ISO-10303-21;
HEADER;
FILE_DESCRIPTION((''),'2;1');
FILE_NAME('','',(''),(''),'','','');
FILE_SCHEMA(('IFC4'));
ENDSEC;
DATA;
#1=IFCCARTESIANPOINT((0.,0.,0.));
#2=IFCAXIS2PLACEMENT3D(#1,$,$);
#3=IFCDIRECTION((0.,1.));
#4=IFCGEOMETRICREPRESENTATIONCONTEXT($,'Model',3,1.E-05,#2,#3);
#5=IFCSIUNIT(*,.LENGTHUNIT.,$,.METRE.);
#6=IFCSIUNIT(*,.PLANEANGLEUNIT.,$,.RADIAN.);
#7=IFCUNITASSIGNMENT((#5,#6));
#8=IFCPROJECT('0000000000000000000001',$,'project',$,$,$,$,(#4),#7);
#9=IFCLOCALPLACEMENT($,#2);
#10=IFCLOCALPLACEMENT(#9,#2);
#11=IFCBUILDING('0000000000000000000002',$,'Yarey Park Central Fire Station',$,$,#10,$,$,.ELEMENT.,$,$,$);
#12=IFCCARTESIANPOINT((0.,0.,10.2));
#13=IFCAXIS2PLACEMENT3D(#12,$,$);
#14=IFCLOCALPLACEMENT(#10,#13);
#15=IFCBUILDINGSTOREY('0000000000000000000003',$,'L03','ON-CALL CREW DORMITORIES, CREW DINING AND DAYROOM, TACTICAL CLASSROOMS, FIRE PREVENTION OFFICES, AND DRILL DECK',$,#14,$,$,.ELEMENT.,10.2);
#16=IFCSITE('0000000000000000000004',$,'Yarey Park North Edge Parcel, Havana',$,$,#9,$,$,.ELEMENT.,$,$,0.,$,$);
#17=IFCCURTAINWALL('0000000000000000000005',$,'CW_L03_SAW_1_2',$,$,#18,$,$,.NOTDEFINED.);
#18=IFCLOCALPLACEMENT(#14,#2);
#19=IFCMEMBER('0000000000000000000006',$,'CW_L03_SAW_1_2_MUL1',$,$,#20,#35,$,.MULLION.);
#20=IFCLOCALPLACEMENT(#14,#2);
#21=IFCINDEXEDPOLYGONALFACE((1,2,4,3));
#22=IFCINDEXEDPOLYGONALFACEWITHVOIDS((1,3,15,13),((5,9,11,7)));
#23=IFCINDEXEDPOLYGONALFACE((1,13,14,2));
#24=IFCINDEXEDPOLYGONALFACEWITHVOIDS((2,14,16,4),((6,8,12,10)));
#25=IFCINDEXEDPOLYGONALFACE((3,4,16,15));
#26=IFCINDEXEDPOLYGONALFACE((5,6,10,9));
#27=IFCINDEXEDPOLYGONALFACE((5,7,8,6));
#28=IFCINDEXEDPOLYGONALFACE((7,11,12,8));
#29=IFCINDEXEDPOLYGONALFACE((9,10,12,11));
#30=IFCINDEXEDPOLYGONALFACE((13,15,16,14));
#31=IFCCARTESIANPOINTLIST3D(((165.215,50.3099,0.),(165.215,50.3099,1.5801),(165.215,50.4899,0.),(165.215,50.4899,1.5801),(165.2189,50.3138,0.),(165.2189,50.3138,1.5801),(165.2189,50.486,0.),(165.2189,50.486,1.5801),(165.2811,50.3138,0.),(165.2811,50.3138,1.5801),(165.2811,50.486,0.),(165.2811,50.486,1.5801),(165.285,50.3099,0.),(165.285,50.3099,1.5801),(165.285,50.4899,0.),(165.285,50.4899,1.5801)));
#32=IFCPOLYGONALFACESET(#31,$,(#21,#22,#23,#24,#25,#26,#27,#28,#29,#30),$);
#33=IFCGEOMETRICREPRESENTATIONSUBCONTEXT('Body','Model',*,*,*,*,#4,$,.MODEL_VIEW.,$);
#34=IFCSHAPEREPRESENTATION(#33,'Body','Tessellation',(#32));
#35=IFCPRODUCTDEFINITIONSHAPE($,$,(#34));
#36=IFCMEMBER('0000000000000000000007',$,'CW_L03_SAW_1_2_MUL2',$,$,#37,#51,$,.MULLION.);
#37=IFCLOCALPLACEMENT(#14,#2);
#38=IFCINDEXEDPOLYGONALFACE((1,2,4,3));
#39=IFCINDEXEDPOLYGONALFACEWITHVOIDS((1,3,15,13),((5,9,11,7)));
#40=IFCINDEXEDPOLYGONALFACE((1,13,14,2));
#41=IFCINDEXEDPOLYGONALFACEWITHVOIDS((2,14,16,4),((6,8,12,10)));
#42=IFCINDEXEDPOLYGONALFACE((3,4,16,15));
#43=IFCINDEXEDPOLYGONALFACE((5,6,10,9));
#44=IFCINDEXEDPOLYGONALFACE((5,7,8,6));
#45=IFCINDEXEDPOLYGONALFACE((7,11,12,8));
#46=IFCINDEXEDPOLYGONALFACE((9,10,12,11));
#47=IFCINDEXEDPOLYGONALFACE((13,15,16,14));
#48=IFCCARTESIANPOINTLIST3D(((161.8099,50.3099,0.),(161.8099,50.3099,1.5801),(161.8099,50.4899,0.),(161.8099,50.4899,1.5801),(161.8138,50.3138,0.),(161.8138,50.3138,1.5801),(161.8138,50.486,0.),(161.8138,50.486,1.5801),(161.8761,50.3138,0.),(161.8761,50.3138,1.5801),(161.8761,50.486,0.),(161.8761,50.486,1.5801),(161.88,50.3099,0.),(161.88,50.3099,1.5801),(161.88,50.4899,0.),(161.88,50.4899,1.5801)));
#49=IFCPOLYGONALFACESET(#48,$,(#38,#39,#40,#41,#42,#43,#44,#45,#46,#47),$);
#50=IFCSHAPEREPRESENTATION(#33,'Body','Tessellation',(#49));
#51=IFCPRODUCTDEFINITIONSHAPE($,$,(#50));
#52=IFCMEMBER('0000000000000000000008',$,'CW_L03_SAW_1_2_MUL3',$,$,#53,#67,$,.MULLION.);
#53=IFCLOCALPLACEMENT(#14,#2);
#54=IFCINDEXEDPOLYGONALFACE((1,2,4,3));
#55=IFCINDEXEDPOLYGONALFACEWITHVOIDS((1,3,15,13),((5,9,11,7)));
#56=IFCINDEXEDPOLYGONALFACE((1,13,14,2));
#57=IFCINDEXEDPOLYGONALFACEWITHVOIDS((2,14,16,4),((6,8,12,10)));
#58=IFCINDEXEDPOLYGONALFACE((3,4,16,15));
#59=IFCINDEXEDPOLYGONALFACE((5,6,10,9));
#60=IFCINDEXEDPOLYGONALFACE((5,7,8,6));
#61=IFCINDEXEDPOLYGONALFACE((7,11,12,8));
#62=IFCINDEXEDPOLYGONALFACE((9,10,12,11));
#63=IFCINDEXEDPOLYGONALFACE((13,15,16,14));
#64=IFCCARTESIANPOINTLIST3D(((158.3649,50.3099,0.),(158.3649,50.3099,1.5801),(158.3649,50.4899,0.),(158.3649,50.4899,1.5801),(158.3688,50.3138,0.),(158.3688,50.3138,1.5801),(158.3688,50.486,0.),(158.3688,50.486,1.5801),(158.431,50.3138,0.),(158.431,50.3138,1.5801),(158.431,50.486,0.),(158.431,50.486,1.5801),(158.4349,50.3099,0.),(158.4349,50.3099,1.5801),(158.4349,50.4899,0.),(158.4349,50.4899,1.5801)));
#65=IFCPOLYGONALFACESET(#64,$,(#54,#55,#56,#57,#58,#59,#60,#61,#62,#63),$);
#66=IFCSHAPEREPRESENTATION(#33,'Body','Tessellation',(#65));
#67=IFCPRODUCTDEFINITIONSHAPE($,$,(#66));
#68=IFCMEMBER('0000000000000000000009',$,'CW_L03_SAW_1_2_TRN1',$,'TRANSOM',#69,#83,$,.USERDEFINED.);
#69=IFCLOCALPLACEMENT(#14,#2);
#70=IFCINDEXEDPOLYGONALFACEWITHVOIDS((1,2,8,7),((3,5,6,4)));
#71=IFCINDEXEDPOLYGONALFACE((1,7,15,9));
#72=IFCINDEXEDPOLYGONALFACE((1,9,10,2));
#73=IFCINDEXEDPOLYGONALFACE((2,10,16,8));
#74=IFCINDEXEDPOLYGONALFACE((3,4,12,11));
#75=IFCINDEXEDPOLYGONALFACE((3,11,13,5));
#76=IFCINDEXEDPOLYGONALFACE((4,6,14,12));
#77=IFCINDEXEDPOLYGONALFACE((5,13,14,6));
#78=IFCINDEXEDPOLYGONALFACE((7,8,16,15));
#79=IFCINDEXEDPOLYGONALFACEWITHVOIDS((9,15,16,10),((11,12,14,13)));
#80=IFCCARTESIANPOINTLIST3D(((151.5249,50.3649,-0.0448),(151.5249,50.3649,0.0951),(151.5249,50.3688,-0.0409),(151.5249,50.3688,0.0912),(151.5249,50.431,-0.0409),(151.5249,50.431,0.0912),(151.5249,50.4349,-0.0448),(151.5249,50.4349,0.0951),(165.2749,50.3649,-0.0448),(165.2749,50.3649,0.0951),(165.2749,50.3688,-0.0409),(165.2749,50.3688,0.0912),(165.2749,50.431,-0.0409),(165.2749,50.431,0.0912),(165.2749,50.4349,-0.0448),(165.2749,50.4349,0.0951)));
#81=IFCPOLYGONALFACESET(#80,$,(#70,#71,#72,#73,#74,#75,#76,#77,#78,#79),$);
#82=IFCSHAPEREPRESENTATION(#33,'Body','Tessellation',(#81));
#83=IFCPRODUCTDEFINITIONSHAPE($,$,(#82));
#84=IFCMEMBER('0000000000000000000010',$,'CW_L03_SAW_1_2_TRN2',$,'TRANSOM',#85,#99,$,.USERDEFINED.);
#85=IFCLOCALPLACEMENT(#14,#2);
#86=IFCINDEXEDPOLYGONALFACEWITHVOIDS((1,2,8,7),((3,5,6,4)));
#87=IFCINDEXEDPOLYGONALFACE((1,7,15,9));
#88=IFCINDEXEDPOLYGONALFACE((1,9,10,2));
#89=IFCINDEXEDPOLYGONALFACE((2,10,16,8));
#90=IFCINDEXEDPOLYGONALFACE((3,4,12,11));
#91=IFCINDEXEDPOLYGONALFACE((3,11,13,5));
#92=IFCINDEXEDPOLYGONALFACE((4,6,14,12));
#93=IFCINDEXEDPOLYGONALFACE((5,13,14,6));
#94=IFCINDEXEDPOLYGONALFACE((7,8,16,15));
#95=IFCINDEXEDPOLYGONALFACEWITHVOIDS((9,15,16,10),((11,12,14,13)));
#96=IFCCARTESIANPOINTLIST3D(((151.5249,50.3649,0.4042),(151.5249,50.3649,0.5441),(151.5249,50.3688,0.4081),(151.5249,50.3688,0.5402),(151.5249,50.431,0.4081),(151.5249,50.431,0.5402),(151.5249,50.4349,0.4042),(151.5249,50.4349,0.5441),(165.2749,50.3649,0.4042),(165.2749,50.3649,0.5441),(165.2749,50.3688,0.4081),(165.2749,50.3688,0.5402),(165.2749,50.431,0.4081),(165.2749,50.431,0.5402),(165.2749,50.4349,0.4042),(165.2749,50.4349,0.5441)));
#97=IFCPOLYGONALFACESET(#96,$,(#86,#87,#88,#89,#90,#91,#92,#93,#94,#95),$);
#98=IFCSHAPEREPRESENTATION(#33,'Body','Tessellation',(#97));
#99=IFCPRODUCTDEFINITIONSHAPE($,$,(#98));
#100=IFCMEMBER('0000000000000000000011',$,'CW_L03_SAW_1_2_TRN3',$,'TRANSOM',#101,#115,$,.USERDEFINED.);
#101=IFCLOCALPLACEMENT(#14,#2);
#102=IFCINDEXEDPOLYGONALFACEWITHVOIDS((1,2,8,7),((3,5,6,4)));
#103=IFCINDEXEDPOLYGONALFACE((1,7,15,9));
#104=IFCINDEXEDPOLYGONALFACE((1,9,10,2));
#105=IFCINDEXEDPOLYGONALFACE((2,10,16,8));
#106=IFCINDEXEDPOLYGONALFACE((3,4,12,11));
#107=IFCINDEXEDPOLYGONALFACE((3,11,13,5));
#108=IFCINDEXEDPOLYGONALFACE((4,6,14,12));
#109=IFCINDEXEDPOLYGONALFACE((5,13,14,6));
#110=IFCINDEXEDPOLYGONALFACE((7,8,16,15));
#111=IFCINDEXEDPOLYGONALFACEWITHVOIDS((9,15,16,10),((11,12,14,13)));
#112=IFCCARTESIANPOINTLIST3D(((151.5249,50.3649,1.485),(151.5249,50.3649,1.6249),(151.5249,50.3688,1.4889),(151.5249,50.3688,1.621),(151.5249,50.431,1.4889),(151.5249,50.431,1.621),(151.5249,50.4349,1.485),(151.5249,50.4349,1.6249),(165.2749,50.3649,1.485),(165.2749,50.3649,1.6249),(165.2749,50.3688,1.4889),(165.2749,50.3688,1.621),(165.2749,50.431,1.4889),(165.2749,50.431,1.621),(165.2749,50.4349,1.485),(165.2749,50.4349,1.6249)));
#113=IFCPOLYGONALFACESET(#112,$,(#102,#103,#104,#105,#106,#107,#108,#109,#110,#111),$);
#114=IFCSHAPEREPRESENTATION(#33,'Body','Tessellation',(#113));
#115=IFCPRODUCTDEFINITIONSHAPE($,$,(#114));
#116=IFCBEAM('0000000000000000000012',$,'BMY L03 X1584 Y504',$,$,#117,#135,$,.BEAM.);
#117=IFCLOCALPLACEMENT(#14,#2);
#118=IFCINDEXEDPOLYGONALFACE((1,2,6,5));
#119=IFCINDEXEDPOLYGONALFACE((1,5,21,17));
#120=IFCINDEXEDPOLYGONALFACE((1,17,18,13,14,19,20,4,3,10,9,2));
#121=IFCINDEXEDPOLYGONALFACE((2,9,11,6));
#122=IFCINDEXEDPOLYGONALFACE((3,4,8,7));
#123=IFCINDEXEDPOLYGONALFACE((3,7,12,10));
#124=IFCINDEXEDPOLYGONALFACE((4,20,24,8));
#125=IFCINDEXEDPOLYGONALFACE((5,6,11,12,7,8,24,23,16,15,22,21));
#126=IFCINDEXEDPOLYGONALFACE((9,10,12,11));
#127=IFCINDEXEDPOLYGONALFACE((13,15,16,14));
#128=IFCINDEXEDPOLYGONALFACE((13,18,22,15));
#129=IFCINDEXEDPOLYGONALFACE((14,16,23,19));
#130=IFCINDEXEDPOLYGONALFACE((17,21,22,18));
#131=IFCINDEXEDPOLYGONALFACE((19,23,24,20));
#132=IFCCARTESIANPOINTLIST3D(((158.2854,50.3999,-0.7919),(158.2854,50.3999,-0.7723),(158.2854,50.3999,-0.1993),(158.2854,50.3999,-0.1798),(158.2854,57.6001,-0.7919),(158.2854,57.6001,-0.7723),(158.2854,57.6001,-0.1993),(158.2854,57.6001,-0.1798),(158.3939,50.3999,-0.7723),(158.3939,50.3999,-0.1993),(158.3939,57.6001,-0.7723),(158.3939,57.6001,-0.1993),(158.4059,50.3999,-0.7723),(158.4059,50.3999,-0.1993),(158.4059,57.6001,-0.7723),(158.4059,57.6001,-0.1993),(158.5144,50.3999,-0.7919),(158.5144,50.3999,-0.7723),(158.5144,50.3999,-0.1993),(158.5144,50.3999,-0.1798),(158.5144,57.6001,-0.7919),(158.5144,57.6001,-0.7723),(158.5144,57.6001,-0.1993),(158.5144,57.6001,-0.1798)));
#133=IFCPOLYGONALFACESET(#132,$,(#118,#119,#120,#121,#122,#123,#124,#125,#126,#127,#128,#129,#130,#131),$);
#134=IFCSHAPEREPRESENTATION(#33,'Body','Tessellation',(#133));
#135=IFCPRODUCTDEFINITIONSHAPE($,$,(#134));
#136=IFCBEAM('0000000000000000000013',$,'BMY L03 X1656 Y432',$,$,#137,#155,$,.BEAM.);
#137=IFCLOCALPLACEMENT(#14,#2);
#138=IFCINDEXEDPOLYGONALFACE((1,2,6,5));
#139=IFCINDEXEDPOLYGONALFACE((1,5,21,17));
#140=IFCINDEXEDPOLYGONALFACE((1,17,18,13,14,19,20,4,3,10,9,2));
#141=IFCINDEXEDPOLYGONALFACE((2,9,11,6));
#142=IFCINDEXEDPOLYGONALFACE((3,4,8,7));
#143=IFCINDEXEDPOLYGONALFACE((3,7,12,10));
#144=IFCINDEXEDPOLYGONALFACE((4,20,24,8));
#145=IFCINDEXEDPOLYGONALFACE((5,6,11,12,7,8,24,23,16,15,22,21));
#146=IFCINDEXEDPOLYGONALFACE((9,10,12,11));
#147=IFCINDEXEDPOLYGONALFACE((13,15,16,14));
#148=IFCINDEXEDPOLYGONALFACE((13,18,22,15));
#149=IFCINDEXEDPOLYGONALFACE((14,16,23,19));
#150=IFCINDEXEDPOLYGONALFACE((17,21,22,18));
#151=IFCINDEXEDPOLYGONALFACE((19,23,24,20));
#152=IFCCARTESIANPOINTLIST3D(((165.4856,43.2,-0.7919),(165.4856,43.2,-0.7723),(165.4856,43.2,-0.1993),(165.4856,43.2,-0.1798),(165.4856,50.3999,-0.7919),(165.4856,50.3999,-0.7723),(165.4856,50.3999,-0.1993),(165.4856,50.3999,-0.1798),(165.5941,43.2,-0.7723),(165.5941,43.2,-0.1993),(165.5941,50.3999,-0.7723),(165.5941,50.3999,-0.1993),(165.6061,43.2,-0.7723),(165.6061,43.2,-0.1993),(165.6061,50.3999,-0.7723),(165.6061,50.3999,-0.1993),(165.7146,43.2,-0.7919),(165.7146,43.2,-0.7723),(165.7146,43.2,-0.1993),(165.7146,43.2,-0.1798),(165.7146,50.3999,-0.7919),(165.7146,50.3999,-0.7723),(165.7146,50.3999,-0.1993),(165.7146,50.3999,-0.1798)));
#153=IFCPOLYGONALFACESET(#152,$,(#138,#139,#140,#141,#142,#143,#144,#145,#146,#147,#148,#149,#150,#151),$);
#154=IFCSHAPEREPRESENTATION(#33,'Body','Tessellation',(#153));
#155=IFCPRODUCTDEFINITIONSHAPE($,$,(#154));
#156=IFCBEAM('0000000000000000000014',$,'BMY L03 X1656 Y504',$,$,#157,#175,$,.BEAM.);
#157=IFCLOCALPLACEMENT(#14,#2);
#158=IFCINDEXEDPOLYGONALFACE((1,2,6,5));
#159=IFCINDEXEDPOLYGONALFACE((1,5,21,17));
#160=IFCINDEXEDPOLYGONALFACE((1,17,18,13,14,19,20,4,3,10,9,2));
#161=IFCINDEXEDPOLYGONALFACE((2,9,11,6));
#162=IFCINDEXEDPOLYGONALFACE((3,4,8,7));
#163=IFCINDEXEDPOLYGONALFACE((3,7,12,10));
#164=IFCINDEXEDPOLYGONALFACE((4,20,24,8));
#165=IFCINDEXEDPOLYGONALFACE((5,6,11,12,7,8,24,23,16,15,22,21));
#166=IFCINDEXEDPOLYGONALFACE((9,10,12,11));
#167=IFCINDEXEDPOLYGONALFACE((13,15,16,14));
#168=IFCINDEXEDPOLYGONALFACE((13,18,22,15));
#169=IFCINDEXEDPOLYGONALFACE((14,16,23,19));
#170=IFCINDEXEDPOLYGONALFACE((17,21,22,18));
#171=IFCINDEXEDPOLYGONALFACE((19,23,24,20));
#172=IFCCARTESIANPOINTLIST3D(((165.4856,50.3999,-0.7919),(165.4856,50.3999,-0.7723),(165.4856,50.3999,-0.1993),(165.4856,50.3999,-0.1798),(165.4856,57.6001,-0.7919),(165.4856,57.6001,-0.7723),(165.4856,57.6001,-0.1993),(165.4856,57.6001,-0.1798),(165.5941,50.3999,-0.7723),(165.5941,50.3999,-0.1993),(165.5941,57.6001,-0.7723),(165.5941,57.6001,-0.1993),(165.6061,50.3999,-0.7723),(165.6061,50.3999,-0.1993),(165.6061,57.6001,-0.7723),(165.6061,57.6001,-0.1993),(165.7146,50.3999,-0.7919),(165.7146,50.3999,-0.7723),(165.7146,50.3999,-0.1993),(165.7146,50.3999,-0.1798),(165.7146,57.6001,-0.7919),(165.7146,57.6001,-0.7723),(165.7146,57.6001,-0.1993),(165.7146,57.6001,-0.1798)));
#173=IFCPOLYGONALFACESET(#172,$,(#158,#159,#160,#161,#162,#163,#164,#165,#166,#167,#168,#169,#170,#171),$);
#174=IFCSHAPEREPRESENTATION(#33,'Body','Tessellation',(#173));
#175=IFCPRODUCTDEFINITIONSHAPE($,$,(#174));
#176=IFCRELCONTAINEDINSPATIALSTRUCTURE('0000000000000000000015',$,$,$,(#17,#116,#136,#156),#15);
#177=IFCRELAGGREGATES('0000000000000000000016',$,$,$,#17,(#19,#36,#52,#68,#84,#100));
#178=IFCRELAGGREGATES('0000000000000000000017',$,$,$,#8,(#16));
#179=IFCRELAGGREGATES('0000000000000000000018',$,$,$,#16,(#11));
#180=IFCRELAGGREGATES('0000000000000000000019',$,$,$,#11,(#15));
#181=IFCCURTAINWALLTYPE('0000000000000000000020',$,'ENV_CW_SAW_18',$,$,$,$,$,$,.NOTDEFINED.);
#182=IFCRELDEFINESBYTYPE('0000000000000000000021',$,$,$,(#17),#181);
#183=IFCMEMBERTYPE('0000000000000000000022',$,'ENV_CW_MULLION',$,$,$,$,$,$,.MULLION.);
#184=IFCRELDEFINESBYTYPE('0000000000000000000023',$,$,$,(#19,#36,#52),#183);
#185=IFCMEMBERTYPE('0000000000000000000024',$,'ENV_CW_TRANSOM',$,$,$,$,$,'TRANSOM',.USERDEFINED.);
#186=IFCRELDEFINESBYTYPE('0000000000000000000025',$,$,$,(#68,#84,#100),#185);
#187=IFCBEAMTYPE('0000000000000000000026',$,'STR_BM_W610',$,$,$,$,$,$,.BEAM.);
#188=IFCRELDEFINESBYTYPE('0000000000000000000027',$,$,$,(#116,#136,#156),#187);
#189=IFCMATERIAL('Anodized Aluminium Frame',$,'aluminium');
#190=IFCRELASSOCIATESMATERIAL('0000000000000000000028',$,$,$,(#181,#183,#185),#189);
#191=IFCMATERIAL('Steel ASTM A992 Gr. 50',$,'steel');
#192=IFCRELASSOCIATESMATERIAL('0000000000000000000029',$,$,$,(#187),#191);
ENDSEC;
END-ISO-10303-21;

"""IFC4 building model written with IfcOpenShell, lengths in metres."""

from ifc_helpers import new_model, si_unit, direction, frame, origin, origin_2d, place, context, subcontext, project, spatial, hollow_rectangle, i_section, extrude, material, material_profile, profile_set, type_object, element, aggregate, save


model = new_model("IFC4")

# Units and contexts
model_context = context("Model", 3, precision=1e-05, world=origin(), true_north=direction((0.0, 1.0)))
body_context = subcontext(model_context, "Body", "Model", "MODEL_VIEW")
ifc_project = project(units=[si_unit("LENGTHUNIT", "METRE"), si_unit("PLANEANGLEUNIT", "RADIAN")], contexts=[model_context])

# Site, building, storey
site_placement = place(None, origin())
site = spatial("IfcSite", under=ifc_project, at=site_placement, Name="Yarey Park North Edge Parcel, Havana", CompositionType="ELEMENT", RefElevation=0.0)
building_placement = place(site_placement, origin())
building = spatial("IfcBuilding", under=site, at=building_placement, Name="Yarey Park Central Fire Station", CompositionType="ELEMENT")
storey_placement = place(building_placement, frame((0.0, 0.0, 10.2)))
storey = spatial("IfcBuildingStorey", under=building, at=storey_placement, Name="L03", Description="ON-CALL CREW DORMITORIES, CREW DINING AND DAYROOM, TACTICAL CLASSROOMS, FIRE PREVENTION OFFICES, AND DRILL DECK", CompositionType="ELEMENT", Elevation=10.2)

# Curtain wall, members
ifc_material_1 = material(Name="Anodized Aluminium Frame", Category="aluminium")
curtain_wall_type = type_object("IfcCurtainWallType", Name="ENV_CW_SAW_18", PredefinedType="NOTDEFINED", material=ifc_material_1)
curtain_wall_placement = place(storey_placement, origin())
curtain_wall = element("IfcCurtainWall", 1, at=curtain_wall_placement, inside=storey, type_object=curtain_wall_type, Name="CW_L03_SAW_1_2", PredefinedType="NOTDEFINED")
ifc_material_profile_1 = material_profile(ifc_material_1, hollow_rectangle(XDim=0.0701, YDim=0.1799, WallThickness=0.0039, at=origin_2d()), Name="ALU 180x70x4")
ifc_profile_set_1 = profile_set([ifc_material_profile_1], Name="Anodized Aluminium Frame")
member_type_1 = type_object("IfcMemberType", Name="ENV_CW_MULLION", PredefinedType="MULLION", material=ifc_profile_set_1)
member_1_placement = place(storey_placement, frame((165.25, 50.3999, 0.0), z_axis=(0.0, 0.0, 1.0), x_axis=(1.0, 0.0, 0.0)))
member_1 = element("IfcMember", 2, at=member_1_placement, type_object=member_type_1, Name="CW_L03_SAW_1_2_MUL1", PredefinedType="MULLION", context=body_context, shape_type="SweptSolid", body=[
    extrude(hollow_rectangle(XDim=0.0701, YDim=0.1799, WallThickness=0.0039, at=origin_2d()), origin(), (0.0, 0.0, 1.0), 1.5801),
])
member_2_placement = place(storey_placement, frame((161.845, 50.3999, 0.0), z_axis=(0.0, 0.0, 1.0), x_axis=(1.0, 0.0, 0.0)))
member_2 = element("IfcMember", 3, at=member_2_placement, type_object=member_type_1, Name="CW_L03_SAW_1_2_MUL2", PredefinedType="MULLION", context=body_context, shape_type="SweptSolid", body=[
    extrude(hollow_rectangle(XDim=0.0701, YDim=0.1799, WallThickness=0.0039, at=origin_2d()), origin(), (0.0, 0.0, 1.0), 1.5801),
])
member_3_placement = place(storey_placement, frame((158.3999, 50.3999, 0.0), z_axis=(0.0, 0.0, 1.0), x_axis=(1.0, 0.0, 0.0)))
member_3 = element("IfcMember", 4, at=member_3_placement, type_object=member_type_1, Name="CW_L03_SAW_1_2_MUL3", PredefinedType="MULLION", context=body_context, shape_type="SweptSolid", body=[
    extrude(hollow_rectangle(XDim=0.0701, YDim=0.1799, WallThickness=0.0039, at=origin_2d()), origin(), (0.0, 0.0, 1.0), 1.5801),
])
ifc_material_profile_2 = material_profile(ifc_material_1, hollow_rectangle(XDim=0.0701, YDim=0.1399, WallThickness=0.0039, at=origin_2d()), Name="ALU 140x70x4")
ifc_profile_set_2 = profile_set([ifc_material_profile_2], Name="Anodized Aluminium Frame")
member_type_2 = type_object("IfcMemberType", Name="ENV_CW_TRANSOM", ElementType="TRANSOM", PredefinedType="USERDEFINED", material=ifc_profile_set_2)
member_4_placement = place(storey_placement, frame((165.2749, 50.3999, 0.0251), z_axis=(-1.0, 0.0, 0.0), x_axis=(0.0, -1.0, 0.0)))
member_4 = element("IfcMember", 5, at=member_4_placement, type_object=member_type_2, Name="CW_L03_SAW_1_2_TRN1", ObjectType="TRANSOM", PredefinedType="USERDEFINED", context=body_context, shape_type="SweptSolid", body=[
    extrude(hollow_rectangle(XDim=0.0701, YDim=0.1399, WallThickness=0.0039, at=origin_2d()), origin(), (0.0, 0.0, 1.0), 13.75),
])
member_5_placement = place(storey_placement, frame((165.2749, 50.3999, 0.4741), z_axis=(-1.0, 0.0, 0.0), x_axis=(0.0, -1.0, 0.0)))
member_5 = element("IfcMember", 6, at=member_5_placement, type_object=member_type_2, Name="CW_L03_SAW_1_2_TRN2", ObjectType="TRANSOM", PredefinedType="USERDEFINED", context=body_context, shape_type="SweptSolid", body=[
    extrude(hollow_rectangle(XDim=0.0701, YDim=0.1399, WallThickness=0.0039, at=origin_2d()), origin(), (0.0, 0.0, 1.0), 13.75),
])
member_6_placement = place(storey_placement, frame((165.2749, 50.3999, 1.5549), z_axis=(-1.0, 0.0, 0.0), x_axis=(0.0, -1.0, 0.0)))
member_6 = element("IfcMember", 7, at=member_6_placement, type_object=member_type_2, Name="CW_L03_SAW_1_2_TRN3", ObjectType="TRANSOM", PredefinedType="USERDEFINED", context=body_context, shape_type="SweptSolid", body=[
    extrude(hollow_rectangle(XDim=0.0701, YDim=0.1399, WallThickness=0.0039, at=origin_2d()), origin(), (0.0, 0.0, 1.0), 13.75),
])

# Beams
ifc_material_2 = material(Name="Steel ASTM A992 Gr. 50", Category="steel")
ifc_material_profile_3 = material_profile(ifc_material_2, i_section(OverallWidth=0.229, OverallDepth=0.6121, WebThickness=0.012, FlangeThickness=0.0195, at=origin_2d()), Name="W610x125")
ifc_profile_set_3 = profile_set([ifc_material_profile_3], Name="Steel ASTM A992 Gr. 50")
beam_type_1 = type_object("IfcBeamType", Name="STR_BM_W610", PredefinedType="BEAM", material=ifc_profile_set_3)
beam_1_placement = place(storey_placement, frame((158.3999, 50.3999, -0.4858), z_axis=(0.0, 1.0, 0.0), x_axis=(-1.0, 0.0, 0.0)))
element("IfcBeam", 8, at=beam_1_placement, inside=storey, type_object=beam_type_1, Name="BMY L03 X1584 Y504", PredefinedType="BEAM", context=body_context, shape_type="SweptSolid", body=[
    extrude(i_section(OverallWidth=0.229, OverallDepth=0.6121, WebThickness=0.012, FlangeThickness=0.0195, at=origin_2d()), origin(), (0.0, 0.0, 1.0), 7.2002),
])
beam_2_placement = place(storey_placement, frame((165.6001, 43.2, -0.4858), z_axis=(0.0, 1.0, 0.0), x_axis=(-1.0, 0.0, 0.0)))
element("IfcBeam", 9, at=beam_2_placement, inside=storey, type_object=beam_type_1, Name="BMY L03 X1656 Y432", PredefinedType="BEAM", context=body_context, shape_type="SweptSolid", body=[
    extrude(i_section(OverallWidth=0.229, OverallDepth=0.6121, WebThickness=0.012, FlangeThickness=0.0195, at=origin_2d()), origin(), (0.0, 0.0, 1.0), 7.2),
])
beam_3_placement = place(storey_placement, frame((165.6001, 50.3999, -0.4858), z_axis=(0.0, 1.0, 0.0), x_axis=(-1.0, 0.0, 0.0)))
element("IfcBeam", 10, at=beam_3_placement, inside=storey, type_object=beam_type_1, Name="BMY L03 X1656 Y504", PredefinedType="BEAM", context=body_context, shape_type="SweptSolid", body=[
    extrude(i_section(OverallWidth=0.229, OverallDepth=0.6121, WebThickness=0.012, FlangeThickness=0.0195, at=origin_2d()), origin(), (0.0, 0.0, 1.0), 7.2002),
])

aggregate(curtain_wall, [member_1, member_2, member_3, member_4, member_5, member_6])

save(model, "model.ifc")
